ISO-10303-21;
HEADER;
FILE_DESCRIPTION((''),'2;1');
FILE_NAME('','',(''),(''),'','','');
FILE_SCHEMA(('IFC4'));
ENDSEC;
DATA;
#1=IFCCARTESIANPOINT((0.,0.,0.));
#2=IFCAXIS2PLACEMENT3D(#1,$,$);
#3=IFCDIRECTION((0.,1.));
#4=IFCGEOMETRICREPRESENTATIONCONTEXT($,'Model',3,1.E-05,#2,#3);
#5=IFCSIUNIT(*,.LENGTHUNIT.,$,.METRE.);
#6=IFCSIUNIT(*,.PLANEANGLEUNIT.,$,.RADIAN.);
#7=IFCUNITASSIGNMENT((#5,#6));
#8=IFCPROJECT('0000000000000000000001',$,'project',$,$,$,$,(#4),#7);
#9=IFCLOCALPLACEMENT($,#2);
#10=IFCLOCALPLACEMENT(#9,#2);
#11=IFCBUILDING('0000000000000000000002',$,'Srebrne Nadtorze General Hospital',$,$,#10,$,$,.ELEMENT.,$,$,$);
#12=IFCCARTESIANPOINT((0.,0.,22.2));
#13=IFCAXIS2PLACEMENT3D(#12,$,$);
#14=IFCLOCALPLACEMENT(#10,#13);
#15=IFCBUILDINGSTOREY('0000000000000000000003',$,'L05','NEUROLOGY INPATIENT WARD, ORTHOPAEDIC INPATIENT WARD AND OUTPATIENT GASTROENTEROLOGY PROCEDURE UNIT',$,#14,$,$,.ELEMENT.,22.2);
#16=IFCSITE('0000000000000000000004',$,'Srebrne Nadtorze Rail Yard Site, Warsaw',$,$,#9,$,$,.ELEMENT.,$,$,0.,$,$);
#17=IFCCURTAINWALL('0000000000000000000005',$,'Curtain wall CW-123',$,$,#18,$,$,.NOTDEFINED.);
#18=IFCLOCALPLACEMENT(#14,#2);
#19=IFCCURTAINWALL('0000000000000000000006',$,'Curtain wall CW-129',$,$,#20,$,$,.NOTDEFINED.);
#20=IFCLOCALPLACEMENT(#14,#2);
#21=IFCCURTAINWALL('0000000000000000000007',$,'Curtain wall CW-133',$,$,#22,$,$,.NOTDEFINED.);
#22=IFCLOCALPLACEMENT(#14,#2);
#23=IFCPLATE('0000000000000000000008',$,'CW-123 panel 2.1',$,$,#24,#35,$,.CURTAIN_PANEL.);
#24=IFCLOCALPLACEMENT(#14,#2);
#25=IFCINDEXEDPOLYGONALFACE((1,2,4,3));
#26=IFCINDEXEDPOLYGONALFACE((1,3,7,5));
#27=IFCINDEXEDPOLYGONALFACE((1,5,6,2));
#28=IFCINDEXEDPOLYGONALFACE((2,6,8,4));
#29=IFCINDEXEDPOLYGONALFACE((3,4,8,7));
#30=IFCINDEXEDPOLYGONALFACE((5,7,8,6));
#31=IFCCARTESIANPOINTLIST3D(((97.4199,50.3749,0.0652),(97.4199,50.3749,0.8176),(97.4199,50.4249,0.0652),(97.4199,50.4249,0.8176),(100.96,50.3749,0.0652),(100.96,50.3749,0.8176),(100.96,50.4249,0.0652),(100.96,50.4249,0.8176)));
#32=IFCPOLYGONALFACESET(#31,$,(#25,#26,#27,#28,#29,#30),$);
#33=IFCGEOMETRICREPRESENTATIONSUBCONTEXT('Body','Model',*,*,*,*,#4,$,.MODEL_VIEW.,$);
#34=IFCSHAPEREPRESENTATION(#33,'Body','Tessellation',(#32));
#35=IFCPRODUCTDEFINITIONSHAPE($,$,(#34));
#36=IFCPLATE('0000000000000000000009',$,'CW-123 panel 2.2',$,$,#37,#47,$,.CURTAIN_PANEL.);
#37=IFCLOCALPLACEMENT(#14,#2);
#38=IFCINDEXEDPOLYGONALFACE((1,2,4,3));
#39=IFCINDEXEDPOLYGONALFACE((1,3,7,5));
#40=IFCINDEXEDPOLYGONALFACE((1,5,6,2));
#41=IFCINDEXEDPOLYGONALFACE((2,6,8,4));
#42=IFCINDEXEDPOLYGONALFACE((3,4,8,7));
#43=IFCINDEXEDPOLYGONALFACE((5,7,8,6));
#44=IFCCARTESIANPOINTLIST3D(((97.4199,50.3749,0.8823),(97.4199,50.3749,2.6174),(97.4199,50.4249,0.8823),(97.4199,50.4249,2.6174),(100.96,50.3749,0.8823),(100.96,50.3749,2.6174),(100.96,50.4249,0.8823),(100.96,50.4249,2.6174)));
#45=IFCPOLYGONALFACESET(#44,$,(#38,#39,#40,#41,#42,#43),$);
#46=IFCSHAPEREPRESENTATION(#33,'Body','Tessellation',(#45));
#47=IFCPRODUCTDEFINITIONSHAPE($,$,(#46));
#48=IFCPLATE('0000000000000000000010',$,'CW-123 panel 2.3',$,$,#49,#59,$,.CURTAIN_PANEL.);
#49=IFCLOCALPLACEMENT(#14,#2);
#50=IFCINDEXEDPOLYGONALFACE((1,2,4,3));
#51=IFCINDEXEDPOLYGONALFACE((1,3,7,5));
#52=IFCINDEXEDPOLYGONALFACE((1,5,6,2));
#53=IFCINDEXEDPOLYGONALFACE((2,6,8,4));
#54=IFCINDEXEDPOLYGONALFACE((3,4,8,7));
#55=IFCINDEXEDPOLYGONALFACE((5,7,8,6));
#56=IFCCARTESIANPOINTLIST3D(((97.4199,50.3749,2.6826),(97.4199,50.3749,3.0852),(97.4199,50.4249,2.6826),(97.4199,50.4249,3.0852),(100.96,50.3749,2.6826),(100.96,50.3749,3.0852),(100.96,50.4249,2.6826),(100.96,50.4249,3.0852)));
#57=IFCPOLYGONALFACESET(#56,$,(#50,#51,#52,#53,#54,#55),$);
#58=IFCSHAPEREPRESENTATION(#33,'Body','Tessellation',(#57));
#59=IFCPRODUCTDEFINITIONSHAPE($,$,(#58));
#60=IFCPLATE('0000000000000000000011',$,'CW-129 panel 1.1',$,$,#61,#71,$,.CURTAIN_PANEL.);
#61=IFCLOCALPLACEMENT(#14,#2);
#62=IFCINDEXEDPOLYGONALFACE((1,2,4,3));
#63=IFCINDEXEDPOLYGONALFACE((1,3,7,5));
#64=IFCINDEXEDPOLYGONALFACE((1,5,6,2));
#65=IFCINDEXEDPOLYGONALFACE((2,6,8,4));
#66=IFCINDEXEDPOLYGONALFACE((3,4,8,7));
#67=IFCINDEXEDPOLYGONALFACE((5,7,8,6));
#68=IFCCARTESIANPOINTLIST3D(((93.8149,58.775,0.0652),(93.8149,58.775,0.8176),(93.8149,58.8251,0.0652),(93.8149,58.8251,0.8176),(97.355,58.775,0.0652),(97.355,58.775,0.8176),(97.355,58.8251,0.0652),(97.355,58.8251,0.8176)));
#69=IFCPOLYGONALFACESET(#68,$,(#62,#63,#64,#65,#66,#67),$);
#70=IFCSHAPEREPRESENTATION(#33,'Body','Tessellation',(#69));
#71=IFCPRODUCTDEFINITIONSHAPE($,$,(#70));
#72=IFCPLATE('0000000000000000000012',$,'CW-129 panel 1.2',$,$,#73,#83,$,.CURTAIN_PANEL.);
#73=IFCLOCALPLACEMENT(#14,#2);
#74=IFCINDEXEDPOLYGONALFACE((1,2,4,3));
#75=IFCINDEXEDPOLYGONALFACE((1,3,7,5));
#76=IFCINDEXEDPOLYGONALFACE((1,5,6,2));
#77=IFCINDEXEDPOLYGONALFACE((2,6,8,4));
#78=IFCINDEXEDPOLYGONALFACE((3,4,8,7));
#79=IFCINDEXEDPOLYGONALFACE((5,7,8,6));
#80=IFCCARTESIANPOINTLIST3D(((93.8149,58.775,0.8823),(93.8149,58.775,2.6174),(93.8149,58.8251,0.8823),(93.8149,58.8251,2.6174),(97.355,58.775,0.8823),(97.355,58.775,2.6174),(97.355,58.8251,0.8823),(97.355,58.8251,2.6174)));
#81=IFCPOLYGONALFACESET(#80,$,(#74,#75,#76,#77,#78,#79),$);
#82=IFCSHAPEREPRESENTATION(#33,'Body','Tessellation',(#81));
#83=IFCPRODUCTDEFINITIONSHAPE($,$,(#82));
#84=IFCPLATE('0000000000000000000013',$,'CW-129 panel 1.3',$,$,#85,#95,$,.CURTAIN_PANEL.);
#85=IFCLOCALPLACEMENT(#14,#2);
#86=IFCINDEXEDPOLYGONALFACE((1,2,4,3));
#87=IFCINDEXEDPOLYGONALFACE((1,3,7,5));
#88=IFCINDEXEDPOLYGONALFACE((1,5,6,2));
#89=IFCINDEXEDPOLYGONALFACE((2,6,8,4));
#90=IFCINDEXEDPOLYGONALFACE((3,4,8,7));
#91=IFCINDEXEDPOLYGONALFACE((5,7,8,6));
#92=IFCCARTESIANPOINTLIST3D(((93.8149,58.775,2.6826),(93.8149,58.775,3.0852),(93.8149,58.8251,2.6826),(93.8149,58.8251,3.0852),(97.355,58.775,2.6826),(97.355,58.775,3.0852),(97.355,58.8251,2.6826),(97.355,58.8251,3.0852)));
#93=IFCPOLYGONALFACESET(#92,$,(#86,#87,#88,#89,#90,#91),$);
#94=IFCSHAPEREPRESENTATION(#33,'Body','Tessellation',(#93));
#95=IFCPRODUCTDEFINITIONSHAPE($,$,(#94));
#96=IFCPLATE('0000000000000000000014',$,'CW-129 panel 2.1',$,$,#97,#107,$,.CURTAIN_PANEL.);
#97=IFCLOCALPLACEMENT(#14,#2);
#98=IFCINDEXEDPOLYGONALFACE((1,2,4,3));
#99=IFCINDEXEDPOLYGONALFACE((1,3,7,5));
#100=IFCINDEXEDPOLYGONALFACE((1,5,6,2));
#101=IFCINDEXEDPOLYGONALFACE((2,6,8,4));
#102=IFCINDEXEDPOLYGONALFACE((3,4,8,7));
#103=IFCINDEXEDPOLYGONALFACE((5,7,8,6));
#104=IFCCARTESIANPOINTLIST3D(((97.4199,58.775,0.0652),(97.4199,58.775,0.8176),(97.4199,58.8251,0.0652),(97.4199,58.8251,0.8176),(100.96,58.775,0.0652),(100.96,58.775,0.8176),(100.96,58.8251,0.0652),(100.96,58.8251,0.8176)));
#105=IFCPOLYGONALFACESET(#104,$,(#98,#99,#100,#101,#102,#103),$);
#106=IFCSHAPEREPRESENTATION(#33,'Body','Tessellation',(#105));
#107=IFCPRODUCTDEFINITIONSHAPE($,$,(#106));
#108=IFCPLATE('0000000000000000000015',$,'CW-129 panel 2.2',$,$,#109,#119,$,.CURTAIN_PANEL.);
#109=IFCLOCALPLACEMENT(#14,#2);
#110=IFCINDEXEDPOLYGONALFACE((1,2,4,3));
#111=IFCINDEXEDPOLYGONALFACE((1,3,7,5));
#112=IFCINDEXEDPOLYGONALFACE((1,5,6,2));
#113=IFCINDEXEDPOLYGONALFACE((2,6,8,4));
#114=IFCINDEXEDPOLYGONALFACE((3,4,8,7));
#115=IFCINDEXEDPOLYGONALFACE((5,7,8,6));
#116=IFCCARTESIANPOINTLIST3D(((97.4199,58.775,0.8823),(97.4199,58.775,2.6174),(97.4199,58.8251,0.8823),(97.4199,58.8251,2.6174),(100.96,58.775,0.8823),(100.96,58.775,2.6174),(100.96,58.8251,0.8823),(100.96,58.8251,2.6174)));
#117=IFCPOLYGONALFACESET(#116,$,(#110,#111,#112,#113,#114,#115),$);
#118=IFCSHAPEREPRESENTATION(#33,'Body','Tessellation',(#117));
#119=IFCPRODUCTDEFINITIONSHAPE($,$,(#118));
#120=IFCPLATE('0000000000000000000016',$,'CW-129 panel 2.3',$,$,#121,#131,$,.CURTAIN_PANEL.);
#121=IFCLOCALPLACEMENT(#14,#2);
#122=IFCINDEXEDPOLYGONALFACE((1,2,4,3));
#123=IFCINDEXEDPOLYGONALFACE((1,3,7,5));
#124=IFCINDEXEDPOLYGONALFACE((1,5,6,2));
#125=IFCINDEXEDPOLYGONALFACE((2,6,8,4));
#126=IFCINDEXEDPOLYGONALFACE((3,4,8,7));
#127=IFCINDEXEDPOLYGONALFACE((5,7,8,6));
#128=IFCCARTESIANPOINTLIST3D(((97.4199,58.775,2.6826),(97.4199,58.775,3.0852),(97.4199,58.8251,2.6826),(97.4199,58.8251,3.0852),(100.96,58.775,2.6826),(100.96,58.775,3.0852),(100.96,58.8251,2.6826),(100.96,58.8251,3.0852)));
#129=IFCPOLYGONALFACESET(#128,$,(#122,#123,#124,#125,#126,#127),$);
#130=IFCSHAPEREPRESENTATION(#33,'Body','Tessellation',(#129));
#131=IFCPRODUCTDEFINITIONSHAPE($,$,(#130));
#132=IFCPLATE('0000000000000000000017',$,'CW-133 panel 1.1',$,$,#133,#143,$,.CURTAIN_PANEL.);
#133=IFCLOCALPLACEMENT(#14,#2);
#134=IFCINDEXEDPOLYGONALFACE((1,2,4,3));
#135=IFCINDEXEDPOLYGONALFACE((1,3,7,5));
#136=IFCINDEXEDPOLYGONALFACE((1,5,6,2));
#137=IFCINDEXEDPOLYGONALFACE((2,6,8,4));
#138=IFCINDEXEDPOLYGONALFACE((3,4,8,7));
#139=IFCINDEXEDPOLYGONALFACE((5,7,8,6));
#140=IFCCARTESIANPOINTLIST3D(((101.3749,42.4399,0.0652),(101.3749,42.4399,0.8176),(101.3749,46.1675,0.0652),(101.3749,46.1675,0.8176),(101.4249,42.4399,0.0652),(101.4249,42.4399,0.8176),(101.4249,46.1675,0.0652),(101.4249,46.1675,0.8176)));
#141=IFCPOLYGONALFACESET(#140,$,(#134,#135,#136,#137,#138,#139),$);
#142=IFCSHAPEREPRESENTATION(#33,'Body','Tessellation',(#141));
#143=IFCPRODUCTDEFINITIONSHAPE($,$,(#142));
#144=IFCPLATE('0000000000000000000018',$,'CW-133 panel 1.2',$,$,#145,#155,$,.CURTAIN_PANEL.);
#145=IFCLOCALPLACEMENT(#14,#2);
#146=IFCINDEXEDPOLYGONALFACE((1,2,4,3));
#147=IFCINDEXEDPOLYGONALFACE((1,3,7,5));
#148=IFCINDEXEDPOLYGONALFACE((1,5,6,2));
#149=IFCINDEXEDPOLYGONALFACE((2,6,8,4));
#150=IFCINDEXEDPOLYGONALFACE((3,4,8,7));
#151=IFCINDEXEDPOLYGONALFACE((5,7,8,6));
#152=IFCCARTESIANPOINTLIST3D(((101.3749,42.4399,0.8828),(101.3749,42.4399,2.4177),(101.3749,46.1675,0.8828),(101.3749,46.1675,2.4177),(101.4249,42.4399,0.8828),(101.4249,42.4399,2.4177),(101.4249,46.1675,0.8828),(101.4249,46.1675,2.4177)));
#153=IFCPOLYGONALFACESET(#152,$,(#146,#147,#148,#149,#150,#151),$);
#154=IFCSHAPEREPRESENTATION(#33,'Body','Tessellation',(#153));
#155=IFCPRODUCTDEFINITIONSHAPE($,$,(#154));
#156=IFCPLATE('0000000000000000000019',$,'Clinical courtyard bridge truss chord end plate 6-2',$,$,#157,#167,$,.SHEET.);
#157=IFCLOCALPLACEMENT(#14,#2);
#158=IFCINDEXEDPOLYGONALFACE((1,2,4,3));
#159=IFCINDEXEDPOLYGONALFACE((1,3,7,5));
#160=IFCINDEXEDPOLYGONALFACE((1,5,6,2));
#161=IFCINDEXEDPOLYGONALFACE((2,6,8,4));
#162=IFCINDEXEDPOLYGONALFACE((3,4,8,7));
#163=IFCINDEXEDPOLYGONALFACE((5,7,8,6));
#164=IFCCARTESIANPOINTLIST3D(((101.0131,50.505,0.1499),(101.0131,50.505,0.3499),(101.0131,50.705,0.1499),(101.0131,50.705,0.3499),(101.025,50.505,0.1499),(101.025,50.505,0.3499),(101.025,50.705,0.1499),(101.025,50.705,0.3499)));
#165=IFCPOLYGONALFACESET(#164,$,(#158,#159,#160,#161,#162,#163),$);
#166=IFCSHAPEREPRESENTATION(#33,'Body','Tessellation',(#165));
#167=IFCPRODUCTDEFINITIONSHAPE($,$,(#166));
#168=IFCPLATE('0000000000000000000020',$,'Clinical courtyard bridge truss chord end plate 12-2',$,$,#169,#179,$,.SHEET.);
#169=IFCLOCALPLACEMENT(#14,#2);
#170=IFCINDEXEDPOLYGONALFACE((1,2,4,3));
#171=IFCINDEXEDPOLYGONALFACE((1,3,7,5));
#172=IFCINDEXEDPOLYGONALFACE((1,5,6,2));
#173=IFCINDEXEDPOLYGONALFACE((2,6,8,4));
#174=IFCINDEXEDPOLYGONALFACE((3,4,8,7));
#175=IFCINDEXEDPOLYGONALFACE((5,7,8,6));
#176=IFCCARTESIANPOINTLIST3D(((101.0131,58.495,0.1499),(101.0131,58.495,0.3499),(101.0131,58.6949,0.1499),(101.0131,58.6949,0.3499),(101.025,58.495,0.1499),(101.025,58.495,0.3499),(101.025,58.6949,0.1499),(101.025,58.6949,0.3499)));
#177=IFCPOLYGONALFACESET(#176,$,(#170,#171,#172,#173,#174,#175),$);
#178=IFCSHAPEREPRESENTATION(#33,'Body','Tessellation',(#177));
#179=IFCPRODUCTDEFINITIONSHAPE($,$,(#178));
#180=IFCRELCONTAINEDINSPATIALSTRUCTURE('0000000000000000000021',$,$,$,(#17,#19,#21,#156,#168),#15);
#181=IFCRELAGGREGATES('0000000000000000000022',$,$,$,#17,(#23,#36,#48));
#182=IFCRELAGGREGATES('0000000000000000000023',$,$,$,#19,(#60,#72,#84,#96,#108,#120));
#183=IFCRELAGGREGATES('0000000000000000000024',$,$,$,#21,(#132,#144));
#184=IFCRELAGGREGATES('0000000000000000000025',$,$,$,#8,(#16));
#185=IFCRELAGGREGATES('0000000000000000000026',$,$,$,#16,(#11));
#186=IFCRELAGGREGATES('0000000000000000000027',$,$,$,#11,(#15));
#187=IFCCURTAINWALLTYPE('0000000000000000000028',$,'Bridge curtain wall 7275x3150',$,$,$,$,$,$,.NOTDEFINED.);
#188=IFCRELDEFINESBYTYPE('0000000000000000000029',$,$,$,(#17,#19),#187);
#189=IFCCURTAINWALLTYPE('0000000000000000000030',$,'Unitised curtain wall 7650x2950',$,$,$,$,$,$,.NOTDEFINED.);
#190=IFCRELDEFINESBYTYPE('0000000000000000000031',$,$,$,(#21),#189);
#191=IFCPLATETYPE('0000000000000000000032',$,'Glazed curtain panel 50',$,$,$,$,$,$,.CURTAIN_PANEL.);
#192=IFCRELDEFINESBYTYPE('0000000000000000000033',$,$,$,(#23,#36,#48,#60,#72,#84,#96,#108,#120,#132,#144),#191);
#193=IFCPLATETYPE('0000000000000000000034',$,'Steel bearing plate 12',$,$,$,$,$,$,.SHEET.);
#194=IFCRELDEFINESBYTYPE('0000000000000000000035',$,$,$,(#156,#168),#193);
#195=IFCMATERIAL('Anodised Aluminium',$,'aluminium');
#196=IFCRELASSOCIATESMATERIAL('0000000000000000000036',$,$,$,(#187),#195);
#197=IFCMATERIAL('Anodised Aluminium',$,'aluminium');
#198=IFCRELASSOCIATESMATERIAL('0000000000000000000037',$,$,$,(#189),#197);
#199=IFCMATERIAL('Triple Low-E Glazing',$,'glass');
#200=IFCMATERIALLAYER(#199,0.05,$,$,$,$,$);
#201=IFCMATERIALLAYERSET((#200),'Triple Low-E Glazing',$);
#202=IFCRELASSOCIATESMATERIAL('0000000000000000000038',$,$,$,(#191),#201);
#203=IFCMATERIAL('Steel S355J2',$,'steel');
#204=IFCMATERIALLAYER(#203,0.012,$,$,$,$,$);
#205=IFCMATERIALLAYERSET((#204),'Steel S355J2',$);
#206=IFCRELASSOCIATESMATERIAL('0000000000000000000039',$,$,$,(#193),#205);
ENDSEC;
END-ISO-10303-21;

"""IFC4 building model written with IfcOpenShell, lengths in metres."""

from ifc_helpers import new_model, si_unit, direction, frame, origin, origin_2d, place, context, subcontext, project, spatial, rectangle, extrude, material, layer, layer_set, type_object, element, aggregate, save


model = new_model("IFC4")

# Units and contexts
model_context = context("Model", 3, precision=1e-05, world=origin(), true_north=direction((0.0, 1.0)))
body_context = subcontext(model_context, "Body", "Model", "MODEL_VIEW")
ifc_project = project(units=[si_unit("LENGTHUNIT", "METRE"), si_unit("PLANEANGLEUNIT", "RADIAN")], contexts=[model_context])

# Site, building, storey
site_placement = place(None, origin())
site = spatial("IfcSite", under=ifc_project, at=site_placement, Name="Srebrne Nadtorze Rail Yard Site, Warsaw", CompositionType="ELEMENT", RefElevation=0.0)
building_placement = place(site_placement, origin())
building = spatial("IfcBuilding", under=site, at=building_placement, Name="Srebrne Nadtorze General Hospital", CompositionType="ELEMENT")
storey_placement = place(building_placement, frame((0.0, 0.0, 22.2)))
storey = spatial("IfcBuildingStorey", under=building, at=storey_placement, Name="L05", Description="NEUROLOGY INPATIENT WARD, ORTHOPAEDIC INPATIENT WARD AND OUTPATIENT GASTROENTEROLOGY PROCEDURE UNIT", CompositionType="ELEMENT", Elevation=22.2)

# Curtain walls
ifc_material_1 = material(Name="Anodised Aluminium", Category="aluminium")
curtain_wall_type_1 = type_object("IfcCurtainWallType", Name="Bridge curtain wall 7275x3150", PredefinedType="NOTDEFINED", material=ifc_material_1)
curtain_wall_1_placement = place(storey_placement, origin())
curtain_wall_1 = element("IfcCurtainWall", 1, at=curtain_wall_1_placement, inside=storey, type_object=curtain_wall_type_1, Name="Curtain wall CW-123", PredefinedType="NOTDEFINED")
curtain_wall_2_placement = place(storey_placement, origin())
curtain_wall_2 = element("IfcCurtainWall", 2, at=curtain_wall_2_placement, inside=storey, type_object=curtain_wall_type_1, Name="Curtain wall CW-129", PredefinedType="NOTDEFINED")

# Curtain wall
ifc_material_2 = material(Name="Anodised Aluminium", Category="aluminium")
curtain_wall_type_2 = type_object("IfcCurtainWallType", Name="Unitised curtain wall 7650x2950", PredefinedType="NOTDEFINED", material=ifc_material_2)
curtain_wall_3_placement = place(storey_placement, origin())
curtain_wall_3 = element("IfcCurtainWall", 3, at=curtain_wall_3_placement, inside=storey, type_object=curtain_wall_type_2, Name="Curtain wall CW-133", PredefinedType="NOTDEFINED")

# Plates
ifc_material_3 = material(Name="Triple Low-E Glazing", Category="glass")
ifc_layer_1 = layer(ifc_material_3, 0.05)
ifc_layer_set_1 = layer_set([ifc_layer_1], Name="Triple Low-E Glazing")
plate_type_1 = type_object("IfcPlateType", Name="Glazed curtain panel 50", PredefinedType="CURTAIN_PANEL", material=ifc_layer_set_1)
plate_1_placement = place(storey_placement, frame((99.1899, 50.3999, 0.0652), z_axis=(0.0, 0.0, 1.0), x_axis=(1.0, 0.0, 0.0)))
plate_1 = element("IfcPlate", 4, at=plate_1_placement, type_object=plate_type_1, Name="CW-123 panel 2.1", PredefinedType="CURTAIN_PANEL", context=body_context, shape_type="SweptSolid", body=[
    extrude(rectangle(XDim=3.54, YDim=0.05, at=origin_2d()), origin(), (0.0, 0.0, 1.0), 0.7524),
])
plate_2_placement = place(storey_placement, frame((99.1899, 50.3999, 0.8823), z_axis=(0.0, 0.0, 1.0), x_axis=(1.0, 0.0, 0.0)))
plate_2 = element("IfcPlate", 5, at=plate_2_placement, type_object=plate_type_1, Name="CW-123 panel 2.2", PredefinedType="CURTAIN_PANEL", context=body_context, shape_type="SweptSolid", body=[
    extrude(rectangle(XDim=3.54, YDim=0.05, at=origin_2d()), origin(), (0.0, 0.0, 1.0), 1.7351),
])
plate_3_placement = place(storey_placement, frame((99.1899, 50.3999, 2.6826), z_axis=(0.0, 0.0, 1.0), x_axis=(1.0, 0.0, 0.0)))
plate_3 = element("IfcPlate", 6, at=plate_3_placement, type_object=plate_type_1, Name="CW-123 panel 2.3", PredefinedType="CURTAIN_PANEL", context=body_context, shape_type="SweptSolid", body=[
    extrude(rectangle(XDim=3.54, YDim=0.05, at=origin_2d()), origin(), (0.0, 0.0, 1.0), 0.4026),
])
aggregate(curtain_wall_1, [plate_1, plate_2, plate_3])
plate_4_placement = place(storey_placement, frame((95.585, 58.8, 0.0652), z_axis=(0.0, 0.0, 1.0), x_axis=(1.0, 0.0, 0.0)))
plate_4 = element("IfcPlate", 7, at=plate_4_placement, type_object=plate_type_1, Name="CW-129 panel 1.1", PredefinedType="CURTAIN_PANEL", context=body_context, shape_type="SweptSolid", body=[
    extrude(rectangle(XDim=3.54, YDim=0.05, at=origin_2d()), origin(), (0.0, 0.0, 1.0), 0.7524),
])
plate_5_placement = place(storey_placement, frame((95.585, 58.8, 0.8823), z_axis=(0.0, 0.0, 1.0), x_axis=(1.0, 0.0, 0.0)))
plate_5 = element("IfcPlate", 8, at=plate_5_placement, type_object=plate_type_1, Name="CW-129 panel 1.2", PredefinedType="CURTAIN_PANEL", context=body_context, shape_type="SweptSolid", body=[
    extrude(rectangle(XDim=3.54, YDim=0.05, at=origin_2d()), origin(), (0.0, 0.0, 1.0), 1.7351),
])
plate_6_placement = place(storey_placement, frame((95.585, 58.8, 2.6826), z_axis=(0.0, 0.0, 1.0), x_axis=(1.0, 0.0, 0.0)))
plate_6 = element("IfcPlate", 9, at=plate_6_placement, type_object=plate_type_1, Name="CW-129 panel 1.3", PredefinedType="CURTAIN_PANEL", context=body_context, shape_type="SweptSolid", body=[
    extrude(rectangle(XDim=3.54, YDim=0.05, at=origin_2d()), origin(), (0.0, 0.0, 1.0), 0.4026),
])
plate_7_placement = place(storey_placement, frame((99.1899, 58.8, 0.0652), z_axis=(0.0, 0.0, 1.0), x_axis=(1.0, 0.0, 0.0)))
plate_7 = element("IfcPlate", 10, at=plate_7_placement, type_object=plate_type_1, Name="CW-129 panel 2.1", PredefinedType="CURTAIN_PANEL", context=body_context, shape_type="SweptSolid", body=[
    extrude(rectangle(XDim=3.54, YDim=0.05, at=origin_2d()), origin(), (0.0, 0.0, 1.0), 0.7524),
])
plate_8_placement = place(storey_placement, frame((99.1899, 58.8, 0.8823), z_axis=(0.0, 0.0, 1.0), x_axis=(1.0, 0.0, 0.0)))
plate_8 = element("IfcPlate", 11, at=plate_8_placement, type_object=plate_type_1, Name="CW-129 panel 2.2", PredefinedType="CURTAIN_PANEL", context=body_context, shape_type="SweptSolid", body=[
    extrude(rectangle(XDim=3.54, YDim=0.05, at=origin_2d()), origin(), (0.0, 0.0, 1.0), 1.7351),
])
plate_9_placement = place(storey_placement, frame((99.1899, 58.8, 2.6826), z_axis=(0.0, 0.0, 1.0), x_axis=(1.0, 0.0, 0.0)))
plate_9 = element("IfcPlate", 12, at=plate_9_placement, type_object=plate_type_1, Name="CW-129 panel 2.3", PredefinedType="CURTAIN_PANEL", context=body_context, shape_type="SweptSolid", body=[
    extrude(rectangle(XDim=3.54, YDim=0.05, at=origin_2d()), origin(), (0.0, 0.0, 1.0), 0.4026),
])
aggregate(curtain_wall_2, [plate_4, plate_5, plate_6, plate_7, plate_8, plate_9])
plate_10_placement = place(storey_placement, frame((101.3999, 44.3037, 0.0652), z_axis=(0.0, 0.0, 1.0), x_axis=(0.0, 1.0, 0.0)))
plate_10 = element("IfcPlate", 13, at=plate_10_placement, type_object=plate_type_1, Name="CW-133 panel 1.1", PredefinedType="CURTAIN_PANEL", context=body_context, shape_type="SweptSolid", body=[
    extrude(rectangle(XDim=3.7275, YDim=0.05, at=origin_2d()), origin(), (0.0, 0.0, 1.0), 0.7524),
])
plate_11_placement = place(storey_placement, frame((101.3999, 44.3037, 0.8828), z_axis=(0.0, 0.0, 1.0), x_axis=(0.0, 1.0, 0.0)))
plate_11 = element("IfcPlate", 14, at=plate_11_placement, type_object=plate_type_1, Name="CW-133 panel 1.2", PredefinedType="CURTAIN_PANEL", context=body_context, shape_type="SweptSolid", body=[
    extrude(rectangle(XDim=3.7275, YDim=0.05, at=origin_2d()), origin(), (0.0, 0.0, 1.0), 1.5349),
])
aggregate(curtain_wall_3, [plate_10, plate_11])

# Plates
ifc_material_4 = material(Name="Steel S355J2", Category="steel")
ifc_layer_2 = layer(ifc_material_4, 0.012)
ifc_layer_set_2 = layer_set([ifc_layer_2], Name="Steel S355J2")
plate_type_2 = type_object("IfcPlateType", Name="Steel bearing plate 12", PredefinedType="SHEET", material=ifc_layer_set_2)
for number, where, z_axis, x_axis, name in (
    (15, (101.019, 50.605, 0.1499), (0.0, 0.0, 1.0), (1.0, 0.0, 0.0), "Clinical courtyard bridge truss chord end plate 6-2"),
    (16, (101.019, 58.595, 0.1499), (0.0, 0.0, 1.0), (1.0, 0.0, 0.0), "Clinical courtyard bridge truss chord end plate 12-2"),
):
    element("IfcPlate", number, at=place(storey_placement, frame(where, z_axis=z_axis, x_axis=x_axis)), inside=storey, type_object=plate_type_2, Name=name, PredefinedType="SHEET", context=body_context, shape_type="SweptSolid", body=[
        extrude(rectangle(XDim=0.012, YDim=0.2, at=origin_2d()), origin(), (0.0, 0.0, 1.0), 0.2),
    ])

save(model, "model.ifc")
